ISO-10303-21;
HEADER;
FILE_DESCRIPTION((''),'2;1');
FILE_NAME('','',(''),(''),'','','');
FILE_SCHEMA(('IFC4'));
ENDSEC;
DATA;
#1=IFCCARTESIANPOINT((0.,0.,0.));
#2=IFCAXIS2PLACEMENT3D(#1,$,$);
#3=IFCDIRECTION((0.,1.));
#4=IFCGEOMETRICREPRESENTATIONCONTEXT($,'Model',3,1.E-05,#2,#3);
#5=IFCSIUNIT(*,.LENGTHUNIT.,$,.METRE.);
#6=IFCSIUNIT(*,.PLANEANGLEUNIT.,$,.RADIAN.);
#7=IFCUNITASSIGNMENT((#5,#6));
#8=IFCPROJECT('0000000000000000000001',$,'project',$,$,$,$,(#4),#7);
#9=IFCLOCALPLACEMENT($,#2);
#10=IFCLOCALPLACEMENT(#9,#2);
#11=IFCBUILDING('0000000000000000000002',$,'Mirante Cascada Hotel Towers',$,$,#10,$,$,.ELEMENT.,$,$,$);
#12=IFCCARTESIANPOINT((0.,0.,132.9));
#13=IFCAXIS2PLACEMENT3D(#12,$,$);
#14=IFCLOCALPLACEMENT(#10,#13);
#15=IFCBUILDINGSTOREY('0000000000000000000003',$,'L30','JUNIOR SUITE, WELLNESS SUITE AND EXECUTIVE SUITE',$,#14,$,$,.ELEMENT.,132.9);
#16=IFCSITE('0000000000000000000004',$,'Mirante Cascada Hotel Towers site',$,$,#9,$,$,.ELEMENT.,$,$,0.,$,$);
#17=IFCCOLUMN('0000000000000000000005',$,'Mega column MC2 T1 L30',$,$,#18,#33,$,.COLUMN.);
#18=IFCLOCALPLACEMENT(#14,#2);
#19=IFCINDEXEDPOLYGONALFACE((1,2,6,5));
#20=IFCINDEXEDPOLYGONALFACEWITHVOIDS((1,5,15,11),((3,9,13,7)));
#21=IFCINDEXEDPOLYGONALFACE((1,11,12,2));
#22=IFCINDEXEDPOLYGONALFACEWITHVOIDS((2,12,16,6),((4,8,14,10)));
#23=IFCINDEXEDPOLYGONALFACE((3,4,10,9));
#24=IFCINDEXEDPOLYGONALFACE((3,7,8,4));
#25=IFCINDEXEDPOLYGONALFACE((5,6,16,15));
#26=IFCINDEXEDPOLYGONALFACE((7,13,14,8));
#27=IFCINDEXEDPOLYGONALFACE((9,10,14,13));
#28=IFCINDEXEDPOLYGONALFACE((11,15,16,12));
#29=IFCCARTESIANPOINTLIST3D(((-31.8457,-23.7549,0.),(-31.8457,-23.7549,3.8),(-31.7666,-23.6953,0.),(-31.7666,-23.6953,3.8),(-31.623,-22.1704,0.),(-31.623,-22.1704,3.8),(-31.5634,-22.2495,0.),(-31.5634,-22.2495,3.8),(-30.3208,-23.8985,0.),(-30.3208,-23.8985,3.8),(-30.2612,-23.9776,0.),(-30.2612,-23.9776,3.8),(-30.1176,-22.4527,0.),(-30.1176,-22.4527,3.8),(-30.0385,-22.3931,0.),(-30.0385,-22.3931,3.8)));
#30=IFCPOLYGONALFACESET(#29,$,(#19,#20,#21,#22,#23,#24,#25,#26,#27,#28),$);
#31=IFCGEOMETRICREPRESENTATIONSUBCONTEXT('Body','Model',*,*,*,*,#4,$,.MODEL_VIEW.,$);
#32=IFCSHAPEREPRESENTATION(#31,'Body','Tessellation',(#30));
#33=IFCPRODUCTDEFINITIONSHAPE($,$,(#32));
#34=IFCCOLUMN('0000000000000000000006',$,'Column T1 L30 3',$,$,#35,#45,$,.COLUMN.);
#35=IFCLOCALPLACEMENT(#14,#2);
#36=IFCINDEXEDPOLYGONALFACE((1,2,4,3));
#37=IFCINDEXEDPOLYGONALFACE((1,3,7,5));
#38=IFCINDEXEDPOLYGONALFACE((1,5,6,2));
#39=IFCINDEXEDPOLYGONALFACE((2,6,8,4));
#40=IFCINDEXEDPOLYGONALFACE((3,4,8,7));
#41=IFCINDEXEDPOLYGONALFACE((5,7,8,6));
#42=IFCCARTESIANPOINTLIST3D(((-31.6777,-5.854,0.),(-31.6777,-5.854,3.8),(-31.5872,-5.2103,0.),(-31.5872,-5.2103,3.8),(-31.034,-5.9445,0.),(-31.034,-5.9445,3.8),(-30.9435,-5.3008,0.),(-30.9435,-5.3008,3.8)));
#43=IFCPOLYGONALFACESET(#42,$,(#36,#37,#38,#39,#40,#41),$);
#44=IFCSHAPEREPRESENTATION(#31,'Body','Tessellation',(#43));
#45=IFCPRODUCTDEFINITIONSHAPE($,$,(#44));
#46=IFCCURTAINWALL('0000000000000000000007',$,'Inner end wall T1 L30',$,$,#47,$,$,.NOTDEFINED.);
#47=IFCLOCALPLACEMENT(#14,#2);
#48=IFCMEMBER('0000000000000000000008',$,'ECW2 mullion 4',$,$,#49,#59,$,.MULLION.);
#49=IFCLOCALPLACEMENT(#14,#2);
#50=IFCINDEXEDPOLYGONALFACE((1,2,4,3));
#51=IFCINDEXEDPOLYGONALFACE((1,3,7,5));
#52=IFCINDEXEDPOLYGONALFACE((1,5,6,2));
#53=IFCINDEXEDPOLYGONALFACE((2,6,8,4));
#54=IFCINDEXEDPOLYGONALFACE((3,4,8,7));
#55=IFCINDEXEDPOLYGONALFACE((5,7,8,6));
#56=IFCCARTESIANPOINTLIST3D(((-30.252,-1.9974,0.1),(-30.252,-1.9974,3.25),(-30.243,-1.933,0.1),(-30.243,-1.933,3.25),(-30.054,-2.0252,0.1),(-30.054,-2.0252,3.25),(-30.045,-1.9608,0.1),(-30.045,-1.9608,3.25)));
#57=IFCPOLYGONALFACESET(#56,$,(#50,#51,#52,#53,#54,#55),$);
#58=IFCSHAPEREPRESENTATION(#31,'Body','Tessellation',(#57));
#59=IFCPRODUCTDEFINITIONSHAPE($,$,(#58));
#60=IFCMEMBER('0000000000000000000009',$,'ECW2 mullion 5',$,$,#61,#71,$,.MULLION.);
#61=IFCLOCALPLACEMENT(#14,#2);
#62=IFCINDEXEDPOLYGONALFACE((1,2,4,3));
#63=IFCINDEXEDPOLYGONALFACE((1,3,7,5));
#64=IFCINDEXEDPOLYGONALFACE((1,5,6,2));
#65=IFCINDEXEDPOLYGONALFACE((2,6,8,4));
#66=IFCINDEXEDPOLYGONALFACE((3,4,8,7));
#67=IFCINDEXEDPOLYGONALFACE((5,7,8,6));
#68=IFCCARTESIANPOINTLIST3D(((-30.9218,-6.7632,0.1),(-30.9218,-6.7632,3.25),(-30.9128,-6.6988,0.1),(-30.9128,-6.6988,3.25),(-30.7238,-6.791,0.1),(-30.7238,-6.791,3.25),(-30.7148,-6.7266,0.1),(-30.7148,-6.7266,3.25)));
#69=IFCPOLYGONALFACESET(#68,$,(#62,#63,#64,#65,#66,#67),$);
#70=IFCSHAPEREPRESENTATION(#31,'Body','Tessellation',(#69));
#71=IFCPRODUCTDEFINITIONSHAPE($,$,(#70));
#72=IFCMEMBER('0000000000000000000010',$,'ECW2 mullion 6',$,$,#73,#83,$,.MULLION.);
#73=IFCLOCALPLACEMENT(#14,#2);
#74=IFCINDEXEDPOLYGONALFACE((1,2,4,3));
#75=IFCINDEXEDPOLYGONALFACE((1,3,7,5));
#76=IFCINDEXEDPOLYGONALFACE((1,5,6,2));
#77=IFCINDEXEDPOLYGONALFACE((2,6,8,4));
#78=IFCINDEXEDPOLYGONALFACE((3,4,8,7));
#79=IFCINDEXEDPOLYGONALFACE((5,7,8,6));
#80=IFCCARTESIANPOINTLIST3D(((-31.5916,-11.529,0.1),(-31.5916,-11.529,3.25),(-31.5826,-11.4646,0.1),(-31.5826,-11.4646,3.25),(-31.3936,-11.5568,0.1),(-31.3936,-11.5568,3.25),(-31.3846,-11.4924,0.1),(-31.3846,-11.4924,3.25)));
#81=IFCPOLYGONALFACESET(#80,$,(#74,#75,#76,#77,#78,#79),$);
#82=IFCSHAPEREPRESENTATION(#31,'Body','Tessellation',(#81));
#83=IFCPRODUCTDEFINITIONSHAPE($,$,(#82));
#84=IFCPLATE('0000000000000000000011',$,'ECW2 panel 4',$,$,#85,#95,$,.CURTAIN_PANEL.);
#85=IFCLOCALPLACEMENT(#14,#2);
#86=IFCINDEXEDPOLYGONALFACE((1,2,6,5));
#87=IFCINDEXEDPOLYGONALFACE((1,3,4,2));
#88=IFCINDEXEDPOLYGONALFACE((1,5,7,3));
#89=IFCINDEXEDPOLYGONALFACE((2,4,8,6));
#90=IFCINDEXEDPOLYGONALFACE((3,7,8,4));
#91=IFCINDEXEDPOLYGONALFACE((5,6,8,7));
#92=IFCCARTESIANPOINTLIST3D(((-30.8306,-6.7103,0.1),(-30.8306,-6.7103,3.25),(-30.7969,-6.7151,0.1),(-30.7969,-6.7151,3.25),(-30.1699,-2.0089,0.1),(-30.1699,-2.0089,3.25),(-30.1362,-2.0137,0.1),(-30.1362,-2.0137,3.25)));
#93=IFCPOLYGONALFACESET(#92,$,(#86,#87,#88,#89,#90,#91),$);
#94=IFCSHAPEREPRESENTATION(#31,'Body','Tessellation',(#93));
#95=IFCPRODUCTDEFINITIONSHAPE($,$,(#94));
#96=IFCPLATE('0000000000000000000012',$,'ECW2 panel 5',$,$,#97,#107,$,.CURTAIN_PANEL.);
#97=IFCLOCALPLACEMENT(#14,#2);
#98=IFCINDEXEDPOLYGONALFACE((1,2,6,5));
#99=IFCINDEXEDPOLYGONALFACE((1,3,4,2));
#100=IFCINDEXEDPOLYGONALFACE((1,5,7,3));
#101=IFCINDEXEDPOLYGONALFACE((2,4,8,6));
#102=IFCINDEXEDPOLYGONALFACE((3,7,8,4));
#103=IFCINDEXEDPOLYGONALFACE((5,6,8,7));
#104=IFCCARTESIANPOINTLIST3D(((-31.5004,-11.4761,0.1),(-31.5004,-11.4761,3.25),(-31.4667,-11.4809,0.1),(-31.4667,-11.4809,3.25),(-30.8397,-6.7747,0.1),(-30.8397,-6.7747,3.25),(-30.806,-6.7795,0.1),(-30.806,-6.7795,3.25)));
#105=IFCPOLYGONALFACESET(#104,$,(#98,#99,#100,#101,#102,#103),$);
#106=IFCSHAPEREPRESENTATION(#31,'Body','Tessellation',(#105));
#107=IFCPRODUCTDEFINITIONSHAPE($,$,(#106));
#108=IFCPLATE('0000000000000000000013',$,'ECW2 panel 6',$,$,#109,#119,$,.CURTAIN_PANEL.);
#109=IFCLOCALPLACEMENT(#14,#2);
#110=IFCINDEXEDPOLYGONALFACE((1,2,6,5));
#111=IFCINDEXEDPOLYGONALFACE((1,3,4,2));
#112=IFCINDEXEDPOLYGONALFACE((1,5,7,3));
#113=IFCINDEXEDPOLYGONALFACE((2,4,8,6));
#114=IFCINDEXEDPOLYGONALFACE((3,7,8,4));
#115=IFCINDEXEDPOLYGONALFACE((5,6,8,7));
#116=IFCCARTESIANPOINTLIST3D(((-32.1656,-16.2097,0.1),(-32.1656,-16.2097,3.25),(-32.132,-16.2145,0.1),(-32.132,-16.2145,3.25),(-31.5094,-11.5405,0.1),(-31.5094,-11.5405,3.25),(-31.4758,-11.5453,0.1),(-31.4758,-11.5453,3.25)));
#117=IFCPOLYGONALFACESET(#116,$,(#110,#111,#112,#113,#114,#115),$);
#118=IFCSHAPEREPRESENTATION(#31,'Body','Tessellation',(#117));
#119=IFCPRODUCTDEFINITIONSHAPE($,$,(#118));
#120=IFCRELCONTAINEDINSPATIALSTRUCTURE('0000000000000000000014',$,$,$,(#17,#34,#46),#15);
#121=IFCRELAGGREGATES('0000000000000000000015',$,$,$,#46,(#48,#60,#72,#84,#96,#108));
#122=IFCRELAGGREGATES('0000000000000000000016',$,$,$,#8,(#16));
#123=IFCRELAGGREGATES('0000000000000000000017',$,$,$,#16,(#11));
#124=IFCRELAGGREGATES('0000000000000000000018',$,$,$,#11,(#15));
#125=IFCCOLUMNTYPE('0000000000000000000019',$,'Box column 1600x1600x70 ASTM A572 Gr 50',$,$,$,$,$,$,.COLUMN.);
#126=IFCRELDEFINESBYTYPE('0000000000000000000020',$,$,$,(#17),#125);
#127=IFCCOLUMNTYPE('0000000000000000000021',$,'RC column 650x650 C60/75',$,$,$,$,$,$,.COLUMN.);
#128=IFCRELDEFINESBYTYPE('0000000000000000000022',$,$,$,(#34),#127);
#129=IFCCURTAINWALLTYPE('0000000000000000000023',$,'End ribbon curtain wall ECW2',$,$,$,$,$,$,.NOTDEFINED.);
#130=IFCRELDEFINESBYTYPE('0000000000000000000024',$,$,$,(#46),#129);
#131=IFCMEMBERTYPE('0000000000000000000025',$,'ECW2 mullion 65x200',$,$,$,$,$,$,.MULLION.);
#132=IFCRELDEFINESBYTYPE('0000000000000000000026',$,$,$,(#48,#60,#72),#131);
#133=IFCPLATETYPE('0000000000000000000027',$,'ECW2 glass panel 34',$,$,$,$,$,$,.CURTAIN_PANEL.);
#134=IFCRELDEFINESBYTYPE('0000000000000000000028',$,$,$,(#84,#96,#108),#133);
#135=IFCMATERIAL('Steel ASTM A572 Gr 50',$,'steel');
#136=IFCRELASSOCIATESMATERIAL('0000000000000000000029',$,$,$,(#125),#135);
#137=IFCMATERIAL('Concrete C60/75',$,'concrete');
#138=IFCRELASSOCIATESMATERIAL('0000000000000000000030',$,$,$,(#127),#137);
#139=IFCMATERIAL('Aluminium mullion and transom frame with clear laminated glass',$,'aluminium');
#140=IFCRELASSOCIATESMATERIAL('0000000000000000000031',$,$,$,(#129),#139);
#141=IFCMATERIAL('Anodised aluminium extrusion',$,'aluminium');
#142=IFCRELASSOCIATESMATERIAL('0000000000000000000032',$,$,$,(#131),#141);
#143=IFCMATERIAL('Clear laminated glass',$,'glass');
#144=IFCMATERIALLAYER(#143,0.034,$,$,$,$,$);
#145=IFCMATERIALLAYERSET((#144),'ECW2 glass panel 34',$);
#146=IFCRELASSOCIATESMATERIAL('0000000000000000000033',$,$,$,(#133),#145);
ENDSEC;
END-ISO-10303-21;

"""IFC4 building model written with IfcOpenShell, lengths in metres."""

from ifc_helpers import new_model, si_unit, direction, frame, origin, origin_2d, place, context, subcontext, project, spatial, rectangle, hollow_rectangle, extrude, material, layer, layer_set, material_profile, profile_set, type_object, element, aggregate, save


model = new_model("IFC4")

# Units and contexts
model_context = context("Model", 3, precision=1e-05, world=origin(), true_north=direction((0.0, 1.0)))
body_context = subcontext(model_context, "Body", "Model", "MODEL_VIEW")
ifc_project = project(units=[si_unit("LENGTHUNIT", "METRE"), si_unit("PLANEANGLEUNIT", "RADIAN")], contexts=[model_context])

# Site, building, storey
site_placement = place(None, origin())
site = spatial("IfcSite", under=ifc_project, at=site_placement, Name="Mirante Cascada Hotel Towers site", CompositionType="ELEMENT", RefElevation=0.0)
building_placement = place(site_placement, origin())
building = spatial("IfcBuilding", under=site, at=building_placement, Name="Mirante Cascada Hotel Towers", CompositionType="ELEMENT")
storey_placement = place(building_placement, frame((0.0, 0.0, 132.9)))
storey = spatial("IfcBuildingStorey", under=building, at=storey_placement, Name="L30", Description="JUNIOR SUITE, WELLNESS SUITE AND EXECUTIVE SUITE", CompositionType="ELEMENT", Elevation=132.9)

# Columns
ifc_material_1 = material(Name="Steel ASTM A572 Gr 50", Category="steel")
ifc_material_profile_1 = material_profile(ifc_material_1, hollow_rectangle(XDim=1.6, YDim=1.6, WallThickness=0.07, at=origin_2d()), Name="Box column 1600x1600x70 ASTM A572 Gr 50")
ifc_profile_set_1 = profile_set([ifc_material_profile_1], Name="Steel ASTM A572 Gr 50")
column_type_1 = type_object("IfcColumnType", Name="Box column 1600x1600x70 ASTM A572 Gr 50", PredefinedType="COLUMN", material=ifc_profile_set_1)
column_1_placement = place(storey_placement, frame((-30.9421, -23.074, 0.0), z_axis=(0.0, 0.0, 1.0), x_axis=(-0.990268, 0.139173, 0.0)))
element("IfcColumn", 1, at=column_1_placement, inside=storey, type_object=column_type_1, Name="Mega column MC2 T1 L30", PredefinedType="COLUMN", context=body_context, shape_type="SweptSolid", body=[
    extrude(hollow_rectangle(XDim=1.6, YDim=1.6, WallThickness=0.07, at=origin_2d()), origin(), (0.0, 0.0, 1.0), 3.8),
])
ifc_material_2 = material(Name="Concrete C60/75", Category="concrete")
ifc_material_profile_2 = material_profile(ifc_material_2, rectangle(XDim=0.65, YDim=0.65, at=origin_2d()), Name="RC column 650x650 C60/75")
ifc_profile_set_2 = profile_set([ifc_material_profile_2], Name="Concrete C60/75")
column_type_2 = type_object("IfcColumnType", Name="RC column 650x650 C60/75", PredefinedType="COLUMN", material=ifc_profile_set_2)
column_2_placement = place(storey_placement, frame((-31.3106, -5.5774, 0.0), z_axis=(0.0, 0.0, 1.0), x_axis=(-0.990268, 0.139173, 0.0)))
element("IfcColumn", 2, at=column_2_placement, inside=storey, type_object=column_type_2, Name="Column T1 L30 3", PredefinedType="COLUMN", context=body_context, shape_type="SweptSolid", body=[
    extrude(rectangle(XDim=0.65, YDim=0.65, at=origin_2d()), origin(), (0.0, 0.0, 1.0), 3.8),
])

# Curtain wall, members, plates
ifc_material_3 = material(Name="Aluminium mullion and transom frame with clear laminated glass", Category="aluminium")
curtain_wall_type = type_object("IfcCurtainWallType", Name="End ribbon curtain wall ECW2", PredefinedType="NOTDEFINED", material=ifc_material_3)
curtain_wall_placement = place(storey_placement, origin())
curtain_wall = element("IfcCurtainWall", 3, at=curtain_wall_placement, inside=storey, type_object=curtain_wall_type, Name="Inner end wall T1 L30", PredefinedType="NOTDEFINED")
ifc_material_4 = material(Name="Anodised aluminium extrusion", Category="aluminium")
ifc_material_profile_3 = material_profile(ifc_material_4, rectangle(XDim=0.2, YDim=0.065, at=origin_2d()), Name="ECW2 MULLION 65x200")
ifc_profile_set_3 = profile_set([ifc_material_profile_3], Name="Anodised aluminium extrusion")
member_type = type_object("IfcMemberType", Name="ECW2 mullion 65x200", PredefinedType="MULLION", material=ifc_profile_set_3)
member_1_placement = place(storey_placement, frame((-30.1485, -1.9791, 0.1), z_axis=(0.0, 0.0, 1.0), x_axis=(0.990268, -0.139173, 0.0)))
member_1 = element("IfcMember", 4, at=member_1_placement, type_object=member_type, Name="ECW2 mullion 4", PredefinedType="MULLION", context=body_context, shape_type="SweptSolid", body=[
    extrude(rectangle(XDim=0.2, YDim=0.065, at=origin_2d()), origin(), (0.0, 0.0, 1.0), 3.15),
])
member_2_placement = place(storey_placement, frame((-30.8183, -6.7449, 0.1), z_axis=(0.0, 0.0, 1.0), x_axis=(0.990268, -0.139173, 0.0)))
member_2 = element("IfcMember", 5, at=member_2_placement, type_object=member_type, Name="ECW2 mullion 5", PredefinedType="MULLION", context=body_context, shape_type="SweptSolid", body=[
    extrude(rectangle(XDim=0.2, YDim=0.065, at=origin_2d()), origin(), (0.0, 0.0, 1.0), 3.15),
])
member_3_placement = place(storey_placement, frame((-31.4881, -11.5107, 0.1), z_axis=(0.0, 0.0, 1.0), x_axis=(0.990268, -0.139173, 0.0)))
member_3 = element("IfcMember", 6, at=member_3_placement, type_object=member_type, Name="ECW2 mullion 6", PredefinedType="MULLION", context=body_context, shape_type="SweptSolid", body=[
    extrude(rectangle(XDim=0.2, YDim=0.065, at=origin_2d()), origin(), (0.0, 0.0, 1.0), 3.15),
])
ifc_material_5 = material(Name="Clear laminated glass", Category="glass")
ifc_layer_1 = layer(ifc_material_5, 0.034)
ifc_layer_set_1 = layer_set([ifc_layer_1], Name="ECW2 glass panel 34")
plate_type = type_object("IfcPlateType", Name="ECW2 glass panel 34", PredefinedType="CURTAIN_PANEL", material=ifc_layer_set_1)
plate_1_placement = place(storey_placement, frame((-30.4834, -4.362, 0.1), z_axis=(0.0, 0.0, 1.0), x_axis=(-0.139173, -0.990268, 0.0)))
plate_1 = element("IfcPlate", 7, at=plate_1_placement, type_object=plate_type, Name="ECW2 panel 4", PredefinedType="CURTAIN_PANEL", context=body_context, shape_type="SweptSolid", body=[
    extrude(rectangle(XDim=4.7476, YDim=0.034, at=origin_2d()), origin(), (0.0, 0.0, 1.0), 3.15),
])
plate_2_placement = place(storey_placement, frame((-31.1532, -9.1278, 0.1), z_axis=(0.0, 0.0, 1.0), x_axis=(-0.139173, -0.990268, 0.0)))
plate_2 = element("IfcPlate", 8, at=plate_2_placement, type_object=plate_type, Name="ECW2 panel 5", PredefinedType="CURTAIN_PANEL", context=body_context, shape_type="SweptSolid", body=[
    extrude(rectangle(XDim=4.7476, YDim=0.034, at=origin_2d()), origin(), (0.0, 0.0, 1.0), 3.15),
])
plate_3_placement = place(storey_placement, frame((-31.8207, -13.8775, 0.1), z_axis=(0.0, 0.0, 1.0), x_axis=(-0.139173, -0.990268, 0.0)))
plate_3 = element("IfcPlate", 9, at=plate_3_placement, type_object=plate_type, Name="ECW2 panel 6", PredefinedType="CURTAIN_PANEL", context=body_context, shape_type="SweptSolid", body=[
    extrude(rectangle(XDim=4.7151, YDim=0.034, at=origin_2d()), origin(), (0.0, 0.0, 1.0), 3.15),
])
aggregate(curtain_wall, [member_1, member_2, member_3, plate_1, plate_2, plate_3])

save(model, "model.ifc")
